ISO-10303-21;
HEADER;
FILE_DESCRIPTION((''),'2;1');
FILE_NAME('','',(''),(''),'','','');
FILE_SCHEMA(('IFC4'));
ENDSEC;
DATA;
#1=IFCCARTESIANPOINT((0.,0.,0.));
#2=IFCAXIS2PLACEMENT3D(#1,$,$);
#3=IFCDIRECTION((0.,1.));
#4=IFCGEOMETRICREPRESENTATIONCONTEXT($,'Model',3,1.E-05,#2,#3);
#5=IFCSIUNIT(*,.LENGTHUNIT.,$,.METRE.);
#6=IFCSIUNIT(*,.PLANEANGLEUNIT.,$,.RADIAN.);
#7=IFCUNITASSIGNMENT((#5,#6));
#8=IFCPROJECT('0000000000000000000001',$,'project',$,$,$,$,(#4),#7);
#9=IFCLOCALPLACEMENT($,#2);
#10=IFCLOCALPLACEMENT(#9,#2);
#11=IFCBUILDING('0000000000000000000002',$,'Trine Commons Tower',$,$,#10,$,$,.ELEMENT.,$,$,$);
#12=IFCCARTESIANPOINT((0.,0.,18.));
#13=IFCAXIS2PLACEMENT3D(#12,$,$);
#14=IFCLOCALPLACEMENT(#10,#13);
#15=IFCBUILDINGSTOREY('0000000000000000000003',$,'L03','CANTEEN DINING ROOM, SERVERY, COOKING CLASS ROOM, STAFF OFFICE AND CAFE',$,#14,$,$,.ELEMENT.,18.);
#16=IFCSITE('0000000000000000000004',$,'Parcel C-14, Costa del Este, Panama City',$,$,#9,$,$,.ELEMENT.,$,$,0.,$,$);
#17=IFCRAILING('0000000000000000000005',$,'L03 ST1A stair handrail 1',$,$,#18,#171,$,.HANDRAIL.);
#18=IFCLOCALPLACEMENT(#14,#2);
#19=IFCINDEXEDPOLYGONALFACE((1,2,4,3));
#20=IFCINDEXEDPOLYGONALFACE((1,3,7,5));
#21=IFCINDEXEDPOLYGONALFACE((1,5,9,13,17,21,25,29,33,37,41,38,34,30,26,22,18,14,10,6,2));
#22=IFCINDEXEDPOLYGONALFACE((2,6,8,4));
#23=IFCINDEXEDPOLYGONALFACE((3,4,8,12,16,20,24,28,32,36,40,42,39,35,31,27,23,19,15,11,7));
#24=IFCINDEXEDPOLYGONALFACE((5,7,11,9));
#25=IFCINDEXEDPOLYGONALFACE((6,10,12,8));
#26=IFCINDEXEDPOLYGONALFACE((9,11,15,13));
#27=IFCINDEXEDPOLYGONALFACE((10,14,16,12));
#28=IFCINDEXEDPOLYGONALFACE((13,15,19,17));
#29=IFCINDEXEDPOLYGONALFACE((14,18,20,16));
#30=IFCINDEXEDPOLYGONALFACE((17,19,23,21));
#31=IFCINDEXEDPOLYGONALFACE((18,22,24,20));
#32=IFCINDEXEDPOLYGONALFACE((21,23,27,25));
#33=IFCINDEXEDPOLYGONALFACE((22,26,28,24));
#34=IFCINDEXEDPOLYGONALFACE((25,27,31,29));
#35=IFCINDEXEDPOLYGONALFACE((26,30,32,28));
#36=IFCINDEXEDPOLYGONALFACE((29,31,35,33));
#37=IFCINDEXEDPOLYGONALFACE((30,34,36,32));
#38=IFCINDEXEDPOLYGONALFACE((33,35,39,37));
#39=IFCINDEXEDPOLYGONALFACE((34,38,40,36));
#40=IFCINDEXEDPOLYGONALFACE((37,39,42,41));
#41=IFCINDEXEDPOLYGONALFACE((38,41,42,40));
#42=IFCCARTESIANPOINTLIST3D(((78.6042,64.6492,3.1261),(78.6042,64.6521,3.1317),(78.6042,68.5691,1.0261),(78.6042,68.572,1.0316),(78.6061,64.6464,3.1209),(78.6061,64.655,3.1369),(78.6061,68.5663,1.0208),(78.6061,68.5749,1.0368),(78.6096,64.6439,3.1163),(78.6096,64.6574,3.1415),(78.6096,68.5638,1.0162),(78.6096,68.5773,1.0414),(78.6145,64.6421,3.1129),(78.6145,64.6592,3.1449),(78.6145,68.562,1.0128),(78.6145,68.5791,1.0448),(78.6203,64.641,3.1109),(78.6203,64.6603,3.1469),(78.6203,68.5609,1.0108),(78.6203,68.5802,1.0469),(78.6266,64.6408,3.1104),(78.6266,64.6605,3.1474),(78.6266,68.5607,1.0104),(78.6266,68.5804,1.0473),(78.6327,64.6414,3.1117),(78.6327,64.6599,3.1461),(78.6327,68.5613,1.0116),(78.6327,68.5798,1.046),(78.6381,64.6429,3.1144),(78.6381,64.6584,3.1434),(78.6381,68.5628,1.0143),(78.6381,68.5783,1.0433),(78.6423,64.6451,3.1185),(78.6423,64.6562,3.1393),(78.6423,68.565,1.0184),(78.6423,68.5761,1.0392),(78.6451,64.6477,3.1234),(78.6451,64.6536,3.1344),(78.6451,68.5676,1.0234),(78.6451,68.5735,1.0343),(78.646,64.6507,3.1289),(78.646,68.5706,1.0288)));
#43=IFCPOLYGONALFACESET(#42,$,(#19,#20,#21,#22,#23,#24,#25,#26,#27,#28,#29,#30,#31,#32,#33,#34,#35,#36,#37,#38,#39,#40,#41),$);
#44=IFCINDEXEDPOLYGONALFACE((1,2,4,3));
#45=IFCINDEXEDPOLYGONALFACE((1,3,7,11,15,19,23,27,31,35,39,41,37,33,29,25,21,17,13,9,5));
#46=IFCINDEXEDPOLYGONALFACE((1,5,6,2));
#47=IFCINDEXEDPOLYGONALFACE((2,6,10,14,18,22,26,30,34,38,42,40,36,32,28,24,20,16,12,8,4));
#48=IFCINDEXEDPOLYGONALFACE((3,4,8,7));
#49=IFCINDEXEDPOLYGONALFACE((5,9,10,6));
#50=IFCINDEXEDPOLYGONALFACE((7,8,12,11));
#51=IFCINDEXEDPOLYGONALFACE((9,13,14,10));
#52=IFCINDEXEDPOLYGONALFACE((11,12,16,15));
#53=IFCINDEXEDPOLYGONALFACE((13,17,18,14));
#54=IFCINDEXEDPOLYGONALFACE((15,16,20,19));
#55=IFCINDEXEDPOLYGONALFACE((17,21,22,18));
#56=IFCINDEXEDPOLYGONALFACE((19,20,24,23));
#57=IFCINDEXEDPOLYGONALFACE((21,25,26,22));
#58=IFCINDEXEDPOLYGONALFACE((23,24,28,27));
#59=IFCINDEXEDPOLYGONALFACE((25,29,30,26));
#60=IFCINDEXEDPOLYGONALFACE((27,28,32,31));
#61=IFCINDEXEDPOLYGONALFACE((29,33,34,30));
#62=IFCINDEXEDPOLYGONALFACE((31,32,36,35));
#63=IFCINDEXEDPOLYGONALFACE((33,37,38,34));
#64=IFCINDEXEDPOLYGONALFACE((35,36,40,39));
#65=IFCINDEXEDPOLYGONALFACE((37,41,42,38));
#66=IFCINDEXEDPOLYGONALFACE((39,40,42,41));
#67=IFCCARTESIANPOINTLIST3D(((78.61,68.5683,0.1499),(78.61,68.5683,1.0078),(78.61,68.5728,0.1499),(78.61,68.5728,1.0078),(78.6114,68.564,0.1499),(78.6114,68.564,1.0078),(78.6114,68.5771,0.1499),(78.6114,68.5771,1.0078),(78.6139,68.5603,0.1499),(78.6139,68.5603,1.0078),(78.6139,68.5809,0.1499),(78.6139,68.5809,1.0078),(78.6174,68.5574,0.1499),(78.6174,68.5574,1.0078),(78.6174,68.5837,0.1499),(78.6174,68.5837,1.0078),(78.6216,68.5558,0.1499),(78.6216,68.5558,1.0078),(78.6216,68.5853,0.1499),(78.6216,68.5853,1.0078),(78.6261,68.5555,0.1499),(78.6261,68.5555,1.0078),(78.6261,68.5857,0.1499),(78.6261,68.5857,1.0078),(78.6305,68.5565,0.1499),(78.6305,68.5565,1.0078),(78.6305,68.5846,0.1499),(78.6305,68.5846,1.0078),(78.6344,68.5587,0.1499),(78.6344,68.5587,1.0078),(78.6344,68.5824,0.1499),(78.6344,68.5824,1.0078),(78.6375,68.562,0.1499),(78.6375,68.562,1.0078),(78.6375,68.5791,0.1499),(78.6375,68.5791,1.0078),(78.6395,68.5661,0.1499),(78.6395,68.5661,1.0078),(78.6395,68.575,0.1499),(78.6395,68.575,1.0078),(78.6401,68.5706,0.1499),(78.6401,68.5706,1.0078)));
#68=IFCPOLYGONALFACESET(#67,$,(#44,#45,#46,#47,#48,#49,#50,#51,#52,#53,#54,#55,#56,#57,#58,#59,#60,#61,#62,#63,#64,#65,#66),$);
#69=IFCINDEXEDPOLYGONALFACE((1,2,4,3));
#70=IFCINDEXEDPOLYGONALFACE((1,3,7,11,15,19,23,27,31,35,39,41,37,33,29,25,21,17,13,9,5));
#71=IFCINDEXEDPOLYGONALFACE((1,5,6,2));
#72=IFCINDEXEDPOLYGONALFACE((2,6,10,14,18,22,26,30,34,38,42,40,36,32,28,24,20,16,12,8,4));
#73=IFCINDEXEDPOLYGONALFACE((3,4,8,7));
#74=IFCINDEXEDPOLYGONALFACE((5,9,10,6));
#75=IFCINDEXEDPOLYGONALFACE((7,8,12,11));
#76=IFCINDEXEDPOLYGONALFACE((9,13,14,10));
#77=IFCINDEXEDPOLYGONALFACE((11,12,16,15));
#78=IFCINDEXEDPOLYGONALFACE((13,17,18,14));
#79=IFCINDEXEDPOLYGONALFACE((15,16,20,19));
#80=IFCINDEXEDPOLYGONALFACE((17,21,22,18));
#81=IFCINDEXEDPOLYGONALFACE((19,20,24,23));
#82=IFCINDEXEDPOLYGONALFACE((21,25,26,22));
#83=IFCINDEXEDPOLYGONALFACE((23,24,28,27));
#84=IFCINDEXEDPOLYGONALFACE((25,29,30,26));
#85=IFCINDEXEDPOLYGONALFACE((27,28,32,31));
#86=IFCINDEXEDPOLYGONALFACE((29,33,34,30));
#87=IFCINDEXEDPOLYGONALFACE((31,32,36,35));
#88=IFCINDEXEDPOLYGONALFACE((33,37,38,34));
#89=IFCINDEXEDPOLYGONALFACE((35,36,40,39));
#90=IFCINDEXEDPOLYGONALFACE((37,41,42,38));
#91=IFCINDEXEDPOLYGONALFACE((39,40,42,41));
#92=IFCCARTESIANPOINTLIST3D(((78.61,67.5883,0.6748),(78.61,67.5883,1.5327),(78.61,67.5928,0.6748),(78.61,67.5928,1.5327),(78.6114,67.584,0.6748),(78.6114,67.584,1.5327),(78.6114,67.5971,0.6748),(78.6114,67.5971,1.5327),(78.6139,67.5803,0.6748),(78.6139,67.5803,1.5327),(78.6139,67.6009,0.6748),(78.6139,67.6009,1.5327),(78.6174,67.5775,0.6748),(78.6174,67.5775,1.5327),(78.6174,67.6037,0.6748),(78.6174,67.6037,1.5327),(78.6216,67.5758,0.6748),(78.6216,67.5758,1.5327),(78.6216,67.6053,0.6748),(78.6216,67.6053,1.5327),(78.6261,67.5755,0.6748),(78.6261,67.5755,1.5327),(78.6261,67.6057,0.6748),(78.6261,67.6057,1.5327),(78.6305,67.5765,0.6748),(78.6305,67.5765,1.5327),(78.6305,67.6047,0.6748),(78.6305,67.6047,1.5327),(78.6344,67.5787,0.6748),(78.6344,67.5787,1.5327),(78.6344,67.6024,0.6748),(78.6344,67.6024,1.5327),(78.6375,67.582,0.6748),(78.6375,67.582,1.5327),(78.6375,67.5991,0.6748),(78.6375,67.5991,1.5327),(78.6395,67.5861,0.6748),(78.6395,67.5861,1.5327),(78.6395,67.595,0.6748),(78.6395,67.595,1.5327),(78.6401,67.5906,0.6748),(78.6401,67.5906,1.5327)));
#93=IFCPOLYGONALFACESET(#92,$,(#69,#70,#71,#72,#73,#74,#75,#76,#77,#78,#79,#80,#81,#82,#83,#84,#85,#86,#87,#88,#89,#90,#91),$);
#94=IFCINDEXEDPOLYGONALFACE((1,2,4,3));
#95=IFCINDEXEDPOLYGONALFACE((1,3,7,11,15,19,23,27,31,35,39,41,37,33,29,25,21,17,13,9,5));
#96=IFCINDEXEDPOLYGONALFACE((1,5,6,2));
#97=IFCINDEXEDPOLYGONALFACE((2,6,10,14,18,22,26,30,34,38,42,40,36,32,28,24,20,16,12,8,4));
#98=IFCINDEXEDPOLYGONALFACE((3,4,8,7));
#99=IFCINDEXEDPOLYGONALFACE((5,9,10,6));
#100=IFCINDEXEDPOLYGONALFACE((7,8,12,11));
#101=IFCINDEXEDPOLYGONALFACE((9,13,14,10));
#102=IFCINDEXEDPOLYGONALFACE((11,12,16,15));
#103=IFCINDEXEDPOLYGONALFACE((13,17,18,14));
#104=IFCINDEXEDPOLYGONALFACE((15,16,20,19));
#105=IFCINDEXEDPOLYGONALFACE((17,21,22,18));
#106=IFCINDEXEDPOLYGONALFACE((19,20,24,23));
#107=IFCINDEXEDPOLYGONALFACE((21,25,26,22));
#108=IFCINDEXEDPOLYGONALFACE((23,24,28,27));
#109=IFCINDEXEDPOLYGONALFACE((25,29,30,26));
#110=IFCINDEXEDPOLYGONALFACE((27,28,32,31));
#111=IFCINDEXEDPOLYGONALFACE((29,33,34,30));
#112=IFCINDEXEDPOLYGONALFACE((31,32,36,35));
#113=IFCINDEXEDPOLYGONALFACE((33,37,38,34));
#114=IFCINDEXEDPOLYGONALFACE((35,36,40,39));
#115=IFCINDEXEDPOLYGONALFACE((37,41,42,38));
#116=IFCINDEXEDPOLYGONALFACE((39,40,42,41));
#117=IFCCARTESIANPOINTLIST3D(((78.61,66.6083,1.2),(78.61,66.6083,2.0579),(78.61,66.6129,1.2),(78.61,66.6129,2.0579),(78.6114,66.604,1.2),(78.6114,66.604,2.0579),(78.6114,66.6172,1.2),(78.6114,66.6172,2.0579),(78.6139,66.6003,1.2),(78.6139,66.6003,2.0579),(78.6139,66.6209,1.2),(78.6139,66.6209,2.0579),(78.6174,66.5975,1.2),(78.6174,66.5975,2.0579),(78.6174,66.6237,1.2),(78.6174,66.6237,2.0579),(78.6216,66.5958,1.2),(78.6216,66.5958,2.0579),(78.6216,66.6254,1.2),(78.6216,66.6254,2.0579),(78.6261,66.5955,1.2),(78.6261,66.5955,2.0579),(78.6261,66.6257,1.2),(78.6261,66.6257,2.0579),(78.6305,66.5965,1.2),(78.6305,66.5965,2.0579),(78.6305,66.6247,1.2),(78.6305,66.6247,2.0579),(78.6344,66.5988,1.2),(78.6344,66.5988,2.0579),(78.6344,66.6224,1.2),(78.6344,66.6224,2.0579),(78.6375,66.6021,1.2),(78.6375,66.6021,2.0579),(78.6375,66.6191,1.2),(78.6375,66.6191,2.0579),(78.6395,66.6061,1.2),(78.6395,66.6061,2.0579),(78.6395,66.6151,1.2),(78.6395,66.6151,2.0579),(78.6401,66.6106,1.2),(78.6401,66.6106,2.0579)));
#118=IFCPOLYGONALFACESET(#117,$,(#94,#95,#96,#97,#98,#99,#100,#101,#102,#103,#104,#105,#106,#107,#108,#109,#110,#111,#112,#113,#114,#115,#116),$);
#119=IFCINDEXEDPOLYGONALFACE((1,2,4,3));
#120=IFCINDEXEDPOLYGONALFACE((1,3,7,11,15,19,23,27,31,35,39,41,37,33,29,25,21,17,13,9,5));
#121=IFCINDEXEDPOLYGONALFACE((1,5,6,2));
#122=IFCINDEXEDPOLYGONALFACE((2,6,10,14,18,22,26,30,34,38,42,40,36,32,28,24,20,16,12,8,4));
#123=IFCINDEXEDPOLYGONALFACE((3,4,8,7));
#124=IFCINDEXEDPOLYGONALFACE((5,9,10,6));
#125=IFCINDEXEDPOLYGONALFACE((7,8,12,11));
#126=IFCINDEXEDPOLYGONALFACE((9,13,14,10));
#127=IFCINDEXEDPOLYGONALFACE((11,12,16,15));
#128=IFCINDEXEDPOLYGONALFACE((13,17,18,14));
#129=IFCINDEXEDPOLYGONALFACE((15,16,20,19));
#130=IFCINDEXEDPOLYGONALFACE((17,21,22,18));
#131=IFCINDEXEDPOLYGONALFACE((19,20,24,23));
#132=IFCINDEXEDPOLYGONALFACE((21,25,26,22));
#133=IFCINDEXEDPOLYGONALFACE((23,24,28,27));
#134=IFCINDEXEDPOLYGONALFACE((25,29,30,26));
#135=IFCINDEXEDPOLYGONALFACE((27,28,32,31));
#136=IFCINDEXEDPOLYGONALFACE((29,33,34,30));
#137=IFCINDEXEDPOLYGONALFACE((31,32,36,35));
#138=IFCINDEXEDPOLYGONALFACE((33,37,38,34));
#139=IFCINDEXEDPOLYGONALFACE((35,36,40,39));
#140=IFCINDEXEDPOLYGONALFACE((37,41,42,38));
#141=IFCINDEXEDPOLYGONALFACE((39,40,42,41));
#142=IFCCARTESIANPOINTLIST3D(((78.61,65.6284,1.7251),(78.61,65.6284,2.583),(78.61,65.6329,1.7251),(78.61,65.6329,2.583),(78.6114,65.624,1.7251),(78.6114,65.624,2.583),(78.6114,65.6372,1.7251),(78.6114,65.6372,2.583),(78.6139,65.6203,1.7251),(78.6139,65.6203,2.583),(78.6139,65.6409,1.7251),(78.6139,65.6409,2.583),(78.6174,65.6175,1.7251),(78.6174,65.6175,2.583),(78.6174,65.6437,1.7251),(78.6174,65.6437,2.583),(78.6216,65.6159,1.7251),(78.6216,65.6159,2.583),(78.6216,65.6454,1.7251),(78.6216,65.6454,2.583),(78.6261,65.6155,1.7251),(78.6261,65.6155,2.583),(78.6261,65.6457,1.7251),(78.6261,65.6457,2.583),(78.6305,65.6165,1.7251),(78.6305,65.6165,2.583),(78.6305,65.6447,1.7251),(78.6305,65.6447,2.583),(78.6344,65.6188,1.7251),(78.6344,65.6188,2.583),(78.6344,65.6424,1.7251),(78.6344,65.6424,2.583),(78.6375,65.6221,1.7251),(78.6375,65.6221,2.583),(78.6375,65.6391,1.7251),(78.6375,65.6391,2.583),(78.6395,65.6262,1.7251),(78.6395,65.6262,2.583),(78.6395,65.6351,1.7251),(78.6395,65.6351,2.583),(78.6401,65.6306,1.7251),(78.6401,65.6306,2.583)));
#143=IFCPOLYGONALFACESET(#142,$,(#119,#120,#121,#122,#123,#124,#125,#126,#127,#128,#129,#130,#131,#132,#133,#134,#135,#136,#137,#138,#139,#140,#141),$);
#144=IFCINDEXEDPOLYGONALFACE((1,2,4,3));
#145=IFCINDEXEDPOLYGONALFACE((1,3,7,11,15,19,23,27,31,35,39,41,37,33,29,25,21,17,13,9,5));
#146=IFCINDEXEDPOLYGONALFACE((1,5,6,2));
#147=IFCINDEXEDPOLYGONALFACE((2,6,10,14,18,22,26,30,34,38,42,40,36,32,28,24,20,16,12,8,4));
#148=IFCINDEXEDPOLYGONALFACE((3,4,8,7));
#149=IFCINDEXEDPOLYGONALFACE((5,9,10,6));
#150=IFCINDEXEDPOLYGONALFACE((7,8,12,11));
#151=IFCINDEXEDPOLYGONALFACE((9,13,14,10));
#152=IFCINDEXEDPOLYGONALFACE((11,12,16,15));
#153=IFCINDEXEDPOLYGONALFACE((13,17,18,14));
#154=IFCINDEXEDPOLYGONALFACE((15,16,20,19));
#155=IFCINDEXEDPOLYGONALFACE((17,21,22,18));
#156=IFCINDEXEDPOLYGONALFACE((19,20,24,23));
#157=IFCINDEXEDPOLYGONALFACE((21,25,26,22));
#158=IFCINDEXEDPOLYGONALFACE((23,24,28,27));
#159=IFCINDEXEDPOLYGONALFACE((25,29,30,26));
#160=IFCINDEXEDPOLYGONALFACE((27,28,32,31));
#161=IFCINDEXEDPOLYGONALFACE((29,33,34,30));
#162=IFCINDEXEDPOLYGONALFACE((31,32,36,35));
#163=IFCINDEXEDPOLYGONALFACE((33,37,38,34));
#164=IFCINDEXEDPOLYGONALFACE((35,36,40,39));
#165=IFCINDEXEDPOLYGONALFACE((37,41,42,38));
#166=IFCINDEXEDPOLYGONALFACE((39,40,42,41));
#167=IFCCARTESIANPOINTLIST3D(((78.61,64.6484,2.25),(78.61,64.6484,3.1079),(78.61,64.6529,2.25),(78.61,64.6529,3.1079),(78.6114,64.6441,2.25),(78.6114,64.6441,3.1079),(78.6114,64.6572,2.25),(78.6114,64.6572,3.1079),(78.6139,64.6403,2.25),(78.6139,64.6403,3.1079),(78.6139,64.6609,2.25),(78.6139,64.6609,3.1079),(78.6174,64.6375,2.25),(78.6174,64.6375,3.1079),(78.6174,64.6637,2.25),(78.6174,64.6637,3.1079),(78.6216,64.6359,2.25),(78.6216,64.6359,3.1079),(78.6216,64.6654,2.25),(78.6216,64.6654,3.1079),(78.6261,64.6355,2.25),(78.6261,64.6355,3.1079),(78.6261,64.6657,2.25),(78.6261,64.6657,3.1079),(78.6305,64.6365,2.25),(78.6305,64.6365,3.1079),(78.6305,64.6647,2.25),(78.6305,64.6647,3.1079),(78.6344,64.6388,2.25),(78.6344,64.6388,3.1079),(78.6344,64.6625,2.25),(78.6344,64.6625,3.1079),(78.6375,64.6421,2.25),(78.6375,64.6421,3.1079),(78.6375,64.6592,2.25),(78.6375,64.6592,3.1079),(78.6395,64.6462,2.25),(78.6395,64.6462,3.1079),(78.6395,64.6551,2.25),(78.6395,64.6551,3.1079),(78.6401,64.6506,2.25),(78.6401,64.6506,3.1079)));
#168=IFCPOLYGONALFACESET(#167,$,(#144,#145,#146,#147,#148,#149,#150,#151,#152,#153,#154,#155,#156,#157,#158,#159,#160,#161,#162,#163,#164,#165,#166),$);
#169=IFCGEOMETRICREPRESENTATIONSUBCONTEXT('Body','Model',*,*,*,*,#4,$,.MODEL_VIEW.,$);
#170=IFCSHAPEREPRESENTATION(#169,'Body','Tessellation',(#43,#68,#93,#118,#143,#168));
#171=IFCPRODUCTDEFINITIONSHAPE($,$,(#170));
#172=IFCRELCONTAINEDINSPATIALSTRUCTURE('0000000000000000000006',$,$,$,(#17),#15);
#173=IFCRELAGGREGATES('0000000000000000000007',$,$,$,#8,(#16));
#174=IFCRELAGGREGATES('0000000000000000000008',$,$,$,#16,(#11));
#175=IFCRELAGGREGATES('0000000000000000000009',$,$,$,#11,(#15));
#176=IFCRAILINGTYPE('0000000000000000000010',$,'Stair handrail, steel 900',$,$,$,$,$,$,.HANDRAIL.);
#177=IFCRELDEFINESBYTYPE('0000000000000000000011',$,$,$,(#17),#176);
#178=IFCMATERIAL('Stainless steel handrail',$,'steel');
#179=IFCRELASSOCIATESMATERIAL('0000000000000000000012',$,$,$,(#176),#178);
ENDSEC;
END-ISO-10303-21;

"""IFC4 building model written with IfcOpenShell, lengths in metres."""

from ifc_helpers import new_model, si_unit, direction, frame, origin, origin_2d, place, context, subcontext, project, spatial, circle, extrude, material, type_object, element, save


model = new_model("IFC4")

# Units and contexts
model_context = context("Model", 3, precision=1e-05, world=origin(), true_north=direction((0.0, 1.0)))
body_context = subcontext(model_context, "Body", "Model", "MODEL_VIEW")
ifc_project = project(units=[si_unit("LENGTHUNIT", "METRE"), si_unit("PLANEANGLEUNIT", "RADIAN")], contexts=[model_context])

# Site, building, storey
site_placement = place(None, origin())
site = spatial("IfcSite", under=ifc_project, at=site_placement, Name="Parcel C-14, Costa del Este, Panama City", CompositionType="ELEMENT", RefElevation=0.0)
building_placement = place(site_placement, origin())
building = spatial("IfcBuilding", under=site, at=building_placement, Name="Trine Commons Tower", CompositionType="ELEMENT")
storey_placement = place(building_placement, frame((0.0, 0.0, 18.0)))
storey = spatial("IfcBuildingStorey", under=building, at=storey_placement, Name="L03", Description="CANTEEN DINING ROOM, SERVERY, COOKING CLASS ROOM, STAFF OFFICE AND CAFE", CompositionType="ELEMENT", Elevation=18.0)

# Railing
ifc_material_1 = material(Name="Stainless steel handrail", Category="steel")
railing_type_1 = type_object("IfcRailingType", Name="Stair handrail, steel 900", PredefinedType="HANDRAIL", material=ifc_material_1)
railing_1_placement = place(storey_placement, frame((78.625, 68.5706, 0.1499)))
element("IfcRailing", 1, at=railing_1_placement, inside=storey, type_object=railing_type_1, Name="L03 ST1A stair handrail 1", PredefinedType="HANDRAIL", context=body_context, shape_type="SweptSolid", body=[
    extrude(circle(Radius=0.021, at=origin_2d()), frame((0.0, 0.0, 0.8789), z_axis=(0.0, -0.881467, 0.472246), x_axis=(1.0, 0.0, 0.0)), (0.0, 0.0, 1.0), 4.447),
    extrude(circle(Radius=0.0151, at=origin_2d()), origin(), (0.0, 0.0, 1.0), 0.8579),
    extrude(circle(Radius=0.0151, at=origin_2d()), frame((0.0, -0.98, 0.5249)), (0.0, 0.0, 1.0), 0.8579),
    extrude(circle(Radius=0.0151, at=origin_2d()), frame((0.0, -1.96, 1.05)), (0.0, 0.0, 1.0), 0.8579),
    extrude(circle(Radius=0.0151, at=origin_2d()), frame((0.0, -2.9399, 1.5752)), (0.0, 0.0, 1.0), 0.8579),
    extrude(circle(Radius=0.0151, at=origin_2d()), frame((0.0, -3.9199, 2.1001)), (0.0, 0.0, 1.0), 0.8579),
])

save(model, "model.ifc")
